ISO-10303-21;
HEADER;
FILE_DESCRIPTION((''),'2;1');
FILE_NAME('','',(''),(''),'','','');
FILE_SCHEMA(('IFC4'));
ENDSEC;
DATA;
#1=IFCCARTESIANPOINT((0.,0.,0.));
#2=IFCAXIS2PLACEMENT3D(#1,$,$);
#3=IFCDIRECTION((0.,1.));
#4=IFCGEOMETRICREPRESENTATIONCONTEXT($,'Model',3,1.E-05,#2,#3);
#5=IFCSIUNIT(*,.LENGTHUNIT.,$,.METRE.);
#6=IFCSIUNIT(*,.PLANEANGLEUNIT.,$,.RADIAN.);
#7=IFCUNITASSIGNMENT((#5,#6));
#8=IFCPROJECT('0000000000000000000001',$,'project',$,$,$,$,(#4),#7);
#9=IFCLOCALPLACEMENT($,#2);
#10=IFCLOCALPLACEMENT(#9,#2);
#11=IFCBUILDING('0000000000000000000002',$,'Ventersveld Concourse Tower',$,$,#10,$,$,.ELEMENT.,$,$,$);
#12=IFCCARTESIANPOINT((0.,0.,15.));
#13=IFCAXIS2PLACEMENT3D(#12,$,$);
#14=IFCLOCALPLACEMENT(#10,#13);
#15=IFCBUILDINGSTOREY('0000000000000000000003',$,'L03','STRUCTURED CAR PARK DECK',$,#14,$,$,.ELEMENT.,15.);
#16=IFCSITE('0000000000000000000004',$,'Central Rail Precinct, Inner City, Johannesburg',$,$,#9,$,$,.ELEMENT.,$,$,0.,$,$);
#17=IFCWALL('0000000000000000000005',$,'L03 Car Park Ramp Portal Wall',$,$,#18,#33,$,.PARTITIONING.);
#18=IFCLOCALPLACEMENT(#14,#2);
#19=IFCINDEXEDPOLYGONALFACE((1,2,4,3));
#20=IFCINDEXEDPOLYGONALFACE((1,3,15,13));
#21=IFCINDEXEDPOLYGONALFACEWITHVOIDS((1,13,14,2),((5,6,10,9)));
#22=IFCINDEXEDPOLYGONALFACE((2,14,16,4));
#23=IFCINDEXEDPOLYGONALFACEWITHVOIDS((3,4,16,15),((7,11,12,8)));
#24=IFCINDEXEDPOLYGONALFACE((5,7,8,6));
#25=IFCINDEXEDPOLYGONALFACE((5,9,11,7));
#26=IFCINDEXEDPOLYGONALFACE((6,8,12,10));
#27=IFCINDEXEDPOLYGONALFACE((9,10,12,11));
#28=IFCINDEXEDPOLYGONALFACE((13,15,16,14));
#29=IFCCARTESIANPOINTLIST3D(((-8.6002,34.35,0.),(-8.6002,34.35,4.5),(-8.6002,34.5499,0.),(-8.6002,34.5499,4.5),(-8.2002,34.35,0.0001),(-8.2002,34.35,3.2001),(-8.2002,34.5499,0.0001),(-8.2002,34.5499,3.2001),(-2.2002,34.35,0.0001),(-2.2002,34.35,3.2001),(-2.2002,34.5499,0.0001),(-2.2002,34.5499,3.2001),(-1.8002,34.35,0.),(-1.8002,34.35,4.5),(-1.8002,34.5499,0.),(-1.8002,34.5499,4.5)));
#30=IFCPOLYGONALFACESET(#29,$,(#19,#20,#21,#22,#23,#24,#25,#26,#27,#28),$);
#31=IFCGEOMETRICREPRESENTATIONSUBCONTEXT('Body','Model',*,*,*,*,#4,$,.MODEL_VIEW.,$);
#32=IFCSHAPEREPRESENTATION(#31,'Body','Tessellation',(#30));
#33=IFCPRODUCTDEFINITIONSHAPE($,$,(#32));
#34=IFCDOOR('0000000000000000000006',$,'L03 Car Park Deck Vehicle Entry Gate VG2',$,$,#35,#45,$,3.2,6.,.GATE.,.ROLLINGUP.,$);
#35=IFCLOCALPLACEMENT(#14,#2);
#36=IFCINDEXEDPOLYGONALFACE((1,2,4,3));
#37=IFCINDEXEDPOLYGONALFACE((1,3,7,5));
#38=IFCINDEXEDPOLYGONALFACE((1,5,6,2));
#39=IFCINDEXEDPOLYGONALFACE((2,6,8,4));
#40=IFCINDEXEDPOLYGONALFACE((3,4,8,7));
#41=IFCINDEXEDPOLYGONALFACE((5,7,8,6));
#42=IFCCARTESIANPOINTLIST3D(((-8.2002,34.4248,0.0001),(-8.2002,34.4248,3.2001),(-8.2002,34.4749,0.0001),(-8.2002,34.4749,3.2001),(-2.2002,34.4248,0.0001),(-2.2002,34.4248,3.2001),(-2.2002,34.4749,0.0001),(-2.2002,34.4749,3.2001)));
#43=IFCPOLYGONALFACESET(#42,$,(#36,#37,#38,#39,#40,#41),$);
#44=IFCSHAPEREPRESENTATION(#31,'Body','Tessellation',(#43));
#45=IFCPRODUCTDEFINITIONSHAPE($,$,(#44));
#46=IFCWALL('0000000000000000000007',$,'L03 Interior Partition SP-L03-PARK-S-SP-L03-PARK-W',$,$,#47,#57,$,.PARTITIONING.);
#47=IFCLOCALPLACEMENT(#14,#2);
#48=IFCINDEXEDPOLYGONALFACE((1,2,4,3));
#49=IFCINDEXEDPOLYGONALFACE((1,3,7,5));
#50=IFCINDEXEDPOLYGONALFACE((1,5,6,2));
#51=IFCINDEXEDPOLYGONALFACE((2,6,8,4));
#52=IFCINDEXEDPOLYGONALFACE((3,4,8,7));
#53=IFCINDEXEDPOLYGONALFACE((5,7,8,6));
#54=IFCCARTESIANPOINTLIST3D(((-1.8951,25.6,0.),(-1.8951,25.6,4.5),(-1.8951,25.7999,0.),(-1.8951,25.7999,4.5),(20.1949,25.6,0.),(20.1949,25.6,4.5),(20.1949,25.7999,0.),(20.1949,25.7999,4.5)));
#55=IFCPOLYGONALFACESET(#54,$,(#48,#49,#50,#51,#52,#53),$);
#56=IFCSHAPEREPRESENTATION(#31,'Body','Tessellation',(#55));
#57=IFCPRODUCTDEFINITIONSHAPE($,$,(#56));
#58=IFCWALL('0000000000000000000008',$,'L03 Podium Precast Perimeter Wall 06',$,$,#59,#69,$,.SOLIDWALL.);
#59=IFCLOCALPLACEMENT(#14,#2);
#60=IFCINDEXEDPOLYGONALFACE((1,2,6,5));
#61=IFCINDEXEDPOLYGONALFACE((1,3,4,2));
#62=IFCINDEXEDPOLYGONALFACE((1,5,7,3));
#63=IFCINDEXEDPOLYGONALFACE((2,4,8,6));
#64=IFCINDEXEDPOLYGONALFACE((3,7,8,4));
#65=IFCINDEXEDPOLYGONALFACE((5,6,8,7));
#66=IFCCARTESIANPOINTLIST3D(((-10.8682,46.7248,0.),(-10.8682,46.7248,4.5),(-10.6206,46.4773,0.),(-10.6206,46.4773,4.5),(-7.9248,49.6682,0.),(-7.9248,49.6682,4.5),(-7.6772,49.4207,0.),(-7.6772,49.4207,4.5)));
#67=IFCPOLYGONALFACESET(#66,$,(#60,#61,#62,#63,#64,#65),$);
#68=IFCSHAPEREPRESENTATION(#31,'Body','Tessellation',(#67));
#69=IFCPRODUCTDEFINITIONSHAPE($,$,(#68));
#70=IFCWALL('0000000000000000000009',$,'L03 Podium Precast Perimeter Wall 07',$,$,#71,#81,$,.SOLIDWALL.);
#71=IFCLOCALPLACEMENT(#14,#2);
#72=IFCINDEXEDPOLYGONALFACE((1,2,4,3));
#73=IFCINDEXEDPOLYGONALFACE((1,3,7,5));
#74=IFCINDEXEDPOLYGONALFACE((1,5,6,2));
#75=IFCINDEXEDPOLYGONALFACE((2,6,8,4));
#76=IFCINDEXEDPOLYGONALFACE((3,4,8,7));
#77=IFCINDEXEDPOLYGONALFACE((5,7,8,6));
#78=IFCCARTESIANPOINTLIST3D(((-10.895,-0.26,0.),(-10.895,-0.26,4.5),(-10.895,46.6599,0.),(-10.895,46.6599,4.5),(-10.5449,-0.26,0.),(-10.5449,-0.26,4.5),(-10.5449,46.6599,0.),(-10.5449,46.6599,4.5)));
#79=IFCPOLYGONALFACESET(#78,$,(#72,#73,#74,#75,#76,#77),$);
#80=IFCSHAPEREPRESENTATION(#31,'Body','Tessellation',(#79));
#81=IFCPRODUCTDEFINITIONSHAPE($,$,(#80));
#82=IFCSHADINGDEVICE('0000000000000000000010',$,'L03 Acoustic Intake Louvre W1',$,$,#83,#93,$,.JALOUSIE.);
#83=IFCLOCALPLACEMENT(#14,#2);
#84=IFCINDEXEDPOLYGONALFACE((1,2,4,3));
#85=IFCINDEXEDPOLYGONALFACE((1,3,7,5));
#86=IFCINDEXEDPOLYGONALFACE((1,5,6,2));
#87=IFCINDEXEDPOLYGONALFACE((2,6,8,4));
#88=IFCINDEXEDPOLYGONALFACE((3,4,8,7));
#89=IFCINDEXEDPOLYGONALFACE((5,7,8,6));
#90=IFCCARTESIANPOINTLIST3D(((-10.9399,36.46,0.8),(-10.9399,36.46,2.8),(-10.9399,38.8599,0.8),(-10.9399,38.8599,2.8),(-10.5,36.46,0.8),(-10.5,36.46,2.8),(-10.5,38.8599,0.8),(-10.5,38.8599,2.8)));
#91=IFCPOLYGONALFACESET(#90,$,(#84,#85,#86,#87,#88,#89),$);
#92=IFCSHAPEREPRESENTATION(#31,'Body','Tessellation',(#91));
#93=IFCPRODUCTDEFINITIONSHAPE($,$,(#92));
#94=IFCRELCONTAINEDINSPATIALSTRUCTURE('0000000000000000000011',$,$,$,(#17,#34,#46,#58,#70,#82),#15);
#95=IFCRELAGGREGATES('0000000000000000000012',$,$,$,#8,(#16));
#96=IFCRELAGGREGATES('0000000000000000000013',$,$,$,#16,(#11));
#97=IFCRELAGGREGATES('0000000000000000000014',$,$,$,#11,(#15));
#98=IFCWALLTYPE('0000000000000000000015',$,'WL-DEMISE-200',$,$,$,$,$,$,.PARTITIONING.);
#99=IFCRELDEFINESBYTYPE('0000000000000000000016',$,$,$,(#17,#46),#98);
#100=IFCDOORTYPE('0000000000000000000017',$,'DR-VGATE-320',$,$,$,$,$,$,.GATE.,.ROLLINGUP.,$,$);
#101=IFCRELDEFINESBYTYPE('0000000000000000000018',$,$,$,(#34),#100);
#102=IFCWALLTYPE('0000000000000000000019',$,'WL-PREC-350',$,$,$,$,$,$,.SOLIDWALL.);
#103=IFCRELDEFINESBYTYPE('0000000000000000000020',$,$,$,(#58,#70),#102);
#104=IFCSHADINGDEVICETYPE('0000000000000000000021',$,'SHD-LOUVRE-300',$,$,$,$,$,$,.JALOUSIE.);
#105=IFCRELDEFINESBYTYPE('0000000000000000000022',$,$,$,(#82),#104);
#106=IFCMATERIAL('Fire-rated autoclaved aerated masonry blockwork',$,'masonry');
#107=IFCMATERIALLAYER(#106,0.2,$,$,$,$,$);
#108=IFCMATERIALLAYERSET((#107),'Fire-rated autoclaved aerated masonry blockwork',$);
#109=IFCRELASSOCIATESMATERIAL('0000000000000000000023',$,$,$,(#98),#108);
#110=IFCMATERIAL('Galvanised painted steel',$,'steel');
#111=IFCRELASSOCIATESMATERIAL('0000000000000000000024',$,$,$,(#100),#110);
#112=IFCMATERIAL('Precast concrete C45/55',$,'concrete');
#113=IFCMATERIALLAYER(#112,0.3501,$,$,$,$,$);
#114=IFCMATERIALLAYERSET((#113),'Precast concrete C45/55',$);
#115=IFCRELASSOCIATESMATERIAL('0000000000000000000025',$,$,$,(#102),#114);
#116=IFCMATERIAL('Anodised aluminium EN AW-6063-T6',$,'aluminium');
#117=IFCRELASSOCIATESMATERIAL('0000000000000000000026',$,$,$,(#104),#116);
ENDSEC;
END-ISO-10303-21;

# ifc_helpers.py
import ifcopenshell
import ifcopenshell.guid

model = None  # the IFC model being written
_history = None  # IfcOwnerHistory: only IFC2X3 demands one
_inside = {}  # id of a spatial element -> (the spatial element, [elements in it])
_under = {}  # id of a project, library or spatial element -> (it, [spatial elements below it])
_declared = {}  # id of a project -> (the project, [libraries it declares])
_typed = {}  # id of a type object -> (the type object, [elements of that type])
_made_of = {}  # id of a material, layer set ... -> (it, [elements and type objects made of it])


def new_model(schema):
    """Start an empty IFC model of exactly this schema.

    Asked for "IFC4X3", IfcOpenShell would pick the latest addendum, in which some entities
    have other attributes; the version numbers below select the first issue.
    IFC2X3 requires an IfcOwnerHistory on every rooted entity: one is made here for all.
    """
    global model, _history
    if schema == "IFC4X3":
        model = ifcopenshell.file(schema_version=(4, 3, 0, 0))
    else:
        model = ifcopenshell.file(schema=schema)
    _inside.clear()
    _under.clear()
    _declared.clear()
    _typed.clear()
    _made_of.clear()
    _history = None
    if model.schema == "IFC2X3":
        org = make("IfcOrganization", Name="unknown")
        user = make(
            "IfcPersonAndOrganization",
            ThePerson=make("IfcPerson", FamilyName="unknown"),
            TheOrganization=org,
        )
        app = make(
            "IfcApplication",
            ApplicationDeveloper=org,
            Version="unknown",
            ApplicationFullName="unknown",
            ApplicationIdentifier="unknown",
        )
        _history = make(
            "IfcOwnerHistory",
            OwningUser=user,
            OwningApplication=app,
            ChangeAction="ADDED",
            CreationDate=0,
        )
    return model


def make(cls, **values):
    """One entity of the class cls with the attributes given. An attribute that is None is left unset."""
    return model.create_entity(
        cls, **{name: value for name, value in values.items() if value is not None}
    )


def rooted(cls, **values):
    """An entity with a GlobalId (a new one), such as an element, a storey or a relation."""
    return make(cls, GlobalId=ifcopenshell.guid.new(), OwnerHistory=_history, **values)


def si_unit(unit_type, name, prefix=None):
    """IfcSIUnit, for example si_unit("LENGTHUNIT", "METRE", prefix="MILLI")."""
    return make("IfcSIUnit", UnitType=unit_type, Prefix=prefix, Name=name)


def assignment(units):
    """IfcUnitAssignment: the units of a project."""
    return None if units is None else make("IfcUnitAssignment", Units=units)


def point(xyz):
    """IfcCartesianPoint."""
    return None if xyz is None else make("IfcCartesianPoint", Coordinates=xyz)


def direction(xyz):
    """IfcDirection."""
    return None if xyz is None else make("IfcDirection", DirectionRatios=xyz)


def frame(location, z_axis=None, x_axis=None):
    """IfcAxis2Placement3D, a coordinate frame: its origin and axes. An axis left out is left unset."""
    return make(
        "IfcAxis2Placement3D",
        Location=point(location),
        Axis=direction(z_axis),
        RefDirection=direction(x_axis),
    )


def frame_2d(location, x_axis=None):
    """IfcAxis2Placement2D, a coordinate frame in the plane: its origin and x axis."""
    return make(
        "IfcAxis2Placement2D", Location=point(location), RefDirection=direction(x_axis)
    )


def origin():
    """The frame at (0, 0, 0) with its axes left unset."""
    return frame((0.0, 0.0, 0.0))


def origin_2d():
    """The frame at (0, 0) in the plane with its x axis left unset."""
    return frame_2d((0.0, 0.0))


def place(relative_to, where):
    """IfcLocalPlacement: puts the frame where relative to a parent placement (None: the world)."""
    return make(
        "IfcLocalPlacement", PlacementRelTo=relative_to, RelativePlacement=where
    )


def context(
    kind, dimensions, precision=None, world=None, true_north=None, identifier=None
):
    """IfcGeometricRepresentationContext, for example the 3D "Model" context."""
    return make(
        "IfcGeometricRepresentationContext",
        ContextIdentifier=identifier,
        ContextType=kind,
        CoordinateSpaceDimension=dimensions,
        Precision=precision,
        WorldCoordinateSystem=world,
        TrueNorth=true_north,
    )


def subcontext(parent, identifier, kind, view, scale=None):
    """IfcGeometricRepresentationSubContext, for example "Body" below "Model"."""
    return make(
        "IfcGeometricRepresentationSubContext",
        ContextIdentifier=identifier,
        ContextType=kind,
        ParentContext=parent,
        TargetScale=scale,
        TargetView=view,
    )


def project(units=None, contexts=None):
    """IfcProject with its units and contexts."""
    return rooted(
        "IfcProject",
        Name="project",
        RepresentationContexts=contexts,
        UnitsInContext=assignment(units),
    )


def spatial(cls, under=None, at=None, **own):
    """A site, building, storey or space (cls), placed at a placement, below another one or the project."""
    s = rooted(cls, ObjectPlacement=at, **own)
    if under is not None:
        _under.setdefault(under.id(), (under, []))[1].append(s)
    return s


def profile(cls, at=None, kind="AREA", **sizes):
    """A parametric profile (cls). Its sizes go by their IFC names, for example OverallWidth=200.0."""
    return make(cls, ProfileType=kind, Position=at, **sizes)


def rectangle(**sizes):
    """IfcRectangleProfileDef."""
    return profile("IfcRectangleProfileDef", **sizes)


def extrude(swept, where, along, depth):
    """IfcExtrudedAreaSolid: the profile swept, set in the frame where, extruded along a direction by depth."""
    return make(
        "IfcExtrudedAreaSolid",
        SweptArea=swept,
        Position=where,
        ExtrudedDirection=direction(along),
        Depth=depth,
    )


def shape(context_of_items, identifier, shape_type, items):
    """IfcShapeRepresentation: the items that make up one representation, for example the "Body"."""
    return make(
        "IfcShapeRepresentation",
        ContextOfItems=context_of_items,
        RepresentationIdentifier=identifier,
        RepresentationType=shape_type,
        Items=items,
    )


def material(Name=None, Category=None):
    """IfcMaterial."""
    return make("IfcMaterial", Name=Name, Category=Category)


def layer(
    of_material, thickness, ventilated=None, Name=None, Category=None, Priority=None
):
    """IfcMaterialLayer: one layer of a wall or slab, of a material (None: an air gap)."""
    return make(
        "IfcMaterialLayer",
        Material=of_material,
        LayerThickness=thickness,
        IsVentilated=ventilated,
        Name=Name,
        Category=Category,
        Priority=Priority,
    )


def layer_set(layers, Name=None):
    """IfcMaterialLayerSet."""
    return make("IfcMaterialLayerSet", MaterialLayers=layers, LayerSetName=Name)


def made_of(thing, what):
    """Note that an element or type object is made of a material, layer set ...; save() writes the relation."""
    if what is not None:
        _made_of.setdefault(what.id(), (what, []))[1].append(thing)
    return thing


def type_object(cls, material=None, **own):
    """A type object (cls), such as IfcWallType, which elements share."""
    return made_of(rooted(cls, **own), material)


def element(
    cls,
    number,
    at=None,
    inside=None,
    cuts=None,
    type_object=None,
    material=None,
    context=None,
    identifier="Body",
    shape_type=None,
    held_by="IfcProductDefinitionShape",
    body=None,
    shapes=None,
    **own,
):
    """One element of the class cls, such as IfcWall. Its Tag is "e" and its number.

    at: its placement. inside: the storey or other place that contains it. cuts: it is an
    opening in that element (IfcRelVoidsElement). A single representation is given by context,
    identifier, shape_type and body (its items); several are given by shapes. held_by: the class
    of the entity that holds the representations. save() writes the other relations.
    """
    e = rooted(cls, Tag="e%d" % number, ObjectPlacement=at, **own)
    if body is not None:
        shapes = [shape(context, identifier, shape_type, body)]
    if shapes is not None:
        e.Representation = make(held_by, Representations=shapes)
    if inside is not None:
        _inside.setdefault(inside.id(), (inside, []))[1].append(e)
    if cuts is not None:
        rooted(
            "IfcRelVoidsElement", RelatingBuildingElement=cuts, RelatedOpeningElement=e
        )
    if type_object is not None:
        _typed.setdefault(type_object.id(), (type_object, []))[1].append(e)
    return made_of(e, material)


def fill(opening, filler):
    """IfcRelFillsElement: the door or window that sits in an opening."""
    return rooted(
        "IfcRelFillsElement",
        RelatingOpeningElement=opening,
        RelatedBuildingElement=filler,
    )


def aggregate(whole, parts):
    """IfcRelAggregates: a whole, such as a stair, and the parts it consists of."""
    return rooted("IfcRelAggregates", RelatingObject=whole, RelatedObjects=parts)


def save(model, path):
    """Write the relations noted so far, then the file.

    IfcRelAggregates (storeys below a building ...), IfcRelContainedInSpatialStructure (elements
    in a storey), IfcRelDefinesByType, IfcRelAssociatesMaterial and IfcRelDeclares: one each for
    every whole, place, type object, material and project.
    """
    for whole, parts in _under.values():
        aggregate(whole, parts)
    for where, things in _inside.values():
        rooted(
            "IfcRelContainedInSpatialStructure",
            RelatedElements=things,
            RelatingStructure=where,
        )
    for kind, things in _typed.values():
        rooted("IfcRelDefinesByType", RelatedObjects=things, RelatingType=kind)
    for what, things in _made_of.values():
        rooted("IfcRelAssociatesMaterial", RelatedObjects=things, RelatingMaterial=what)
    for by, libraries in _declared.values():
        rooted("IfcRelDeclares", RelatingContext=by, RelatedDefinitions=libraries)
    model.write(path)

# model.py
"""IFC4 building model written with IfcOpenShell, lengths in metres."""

from ifc_helpers import new_model, si_unit, direction, frame, frame_2d, origin, origin_2d, place, context, subcontext, project, spatial, rectangle, extrude, material, layer, layer_set, type_object, element, fill, save


model = new_model("IFC4")

# Units and contexts
model_context = context("Model", 3, precision=1e-05, world=origin(), true_north=direction((0.0, 1.0)))
body_context = subcontext(model_context, "Body", "Model", "MODEL_VIEW")
ifc_project = project(units=[si_unit("LENGTHUNIT", "METRE"), si_unit("PLANEANGLEUNIT", "RADIAN")], contexts=[model_context])

# Site, building, storey
site_placement = place(None, origin())
site = spatial("IfcSite", under=ifc_project, at=site_placement, Name="Central Rail Precinct, Inner City, Johannesburg", CompositionType="ELEMENT", RefElevation=0.0)
building_placement = place(site_placement, origin())
building = spatial("IfcBuilding", under=site, at=building_placement, Name="Ventersveld Concourse Tower", CompositionType="ELEMENT")
storey_placement = place(building_placement, frame((0.0, 0.0, 15.0)))
storey = spatial("IfcBuildingStorey", under=building, at=storey_placement, Name="L03", Description="STRUCTURED CAR PARK DECK", CompositionType="ELEMENT", Elevation=15.0)

# Wall, opening, door
ifc_material_1 = material(Name="Fire-rated autoclaved aerated masonry blockwork", Category="masonry")
ifc_layer_1 = layer(ifc_material_1, 0.2)
ifc_layer_set_1 = layer_set([ifc_layer_1], Name="Fire-rated autoclaved aerated masonry blockwork")
wall_type_1 = type_object("IfcWallType", Name="WL-DEMISE-200", PredefinedType="PARTITIONING", material=ifc_layer_set_1)
wall_1_placement = place(storey_placement, frame((-8.6001, 34.45, 0.0), z_axis=(0.0, 0.0, 1.0), x_axis=(1.0, 0.0, 0.0)))
wall_1 = element("IfcWall", 1, at=wall_1_placement, inside=storey, type_object=wall_type_1, Name="L03 Car Park Ramp Portal Wall", PredefinedType="PARTITIONING", context=body_context, shape_type="SweptSolid", body=[
    extrude(rectangle(XDim=6.8, YDim=0.2, at=frame_2d((3.3999, 0.0))), origin(), (0.0, 0.0, 1.0), 4.5),
])
opening_placement = place(wall_1_placement, frame((0.3999, 0.0, 0.0)))
opening = element("IfcOpeningElement", 2, at=opening_placement, cuts=wall_1, PredefinedType="OPENING", context=body_context, shape_type="SweptSolid", body=[
    extrude(rectangle(XDim=6.0, YDim=3.2, at=frame_2d((3.0, 1.6001))), frame((0.0, 0.1099, 0.0), z_axis=(0.0, -1.0, 0.0), x_axis=(1.0, 0.0, 0.0)), (0.0, 0.0, 1.0), 0.22),
])
ifc_material_2 = material(Name="Galvanised painted steel", Category="steel")
door_type = type_object("IfcDoorType", Name="DR-VGATE-320", OperationType="ROLLINGUP", PredefinedType="GATE", material=ifc_material_2)
door_placement = place(opening_placement, origin())
door = element("IfcDoor", 3, at=door_placement, inside=storey, type_object=door_type, Name="L03 Car Park Deck Vehicle Entry Gate VG2", OperationType="ROLLINGUP", OverallHeight=3.2, OverallWidth=6.0, PredefinedType="GATE", context=body_context, shape_type="SweptSolid", body=[
    extrude(rectangle(XDim=6.0, YDim=3.2, at=frame_2d((3.0, 1.6001))), frame((0.0, 0.0249, 0.0), z_axis=(0.0, -1.0, 0.0), x_axis=(1.0, 0.0, 0.0)), (0.0, 0.0, 1.0), 0.05),
])
fill(opening, door)

# Walls
wall_2_placement = place(storey_placement, frame((-1.895, 25.7, 0.0), z_axis=(0.0, 0.0, 1.0), x_axis=(1.0, 0.0, 0.0)))
element("IfcWall", 4, at=wall_2_placement, inside=storey, type_object=wall_type_1, Name="L03 Interior Partition SP-L03-PARK-S-SP-L03-PARK-W", PredefinedType="PARTITIONING", context=body_context, shape_type="SweptSolid", body=[
    extrude(rectangle(XDim=22.0901, YDim=0.2, at=frame_2d((11.0449, 0.0))), origin(), (0.0, 0.0, 1.0), 4.5),
])
ifc_material_3 = material(Name="Precast concrete C45/55", Category="concrete")
ifc_layer_2 = layer(ifc_material_3, 0.3501)
ifc_layer_set_2 = layer_set([ifc_layer_2], Name="Precast concrete C45/55")
wall_type_2 = type_object("IfcWallType", Name="WL-PREC-350", PredefinedType="SOLIDWALL", material=ifc_layer_set_2)
wall_3_placement = place(storey_placement, frame((-7.801, 49.5444, 0.0), z_axis=(0.0, 0.0, 1.0), x_axis=(-0.707107, -0.707107, 0.0)))
element("IfcWall", 5, at=wall_3_placement, inside=storey, type_object=wall_type_2, Name="L03 Podium Precast Perimeter Wall 06", PredefinedType="SOLIDWALL", context=body_context, shape_type="SweptSolid", body=[
    extrude(rectangle(XDim=4.1626, YDim=0.3501, at=frame_2d((2.0813, 0.0))), origin(), (0.0, 0.0, 1.0), 4.5),
])
wall_4_placement = place(storey_placement, frame((-10.72, 46.6599, 0.0), z_axis=(0.0, 0.0, 1.0), x_axis=(0.0, -1.0, 0.0)))
element("IfcWall", 6, at=wall_4_placement, inside=storey, type_object=wall_type_2, Name="L03 Podium Precast Perimeter Wall 07", PredefinedType="SOLIDWALL", context=body_context, shape_type="SweptSolid", body=[
    extrude(rectangle(XDim=46.9199, YDim=0.3501, at=frame_2d((23.46, 0.0))), origin(), (0.0, 0.0, 1.0), 4.5),
])

# Shading device
ifc_material_4 = material(Name="Anodised aluminium EN AW-6063-T6", Category="aluminium")
shading_device_type = type_object("IfcShadingDeviceType", Name="SHD-LOUVRE-300", PredefinedType="JALOUSIE", material=ifc_material_4)
shading_device_placement = place(storey_placement, frame((-10.72, 37.6599, 0.8), z_axis=(0.0, 0.0, 1.0), x_axis=(0.0, 1.0, 0.0)))
element("IfcShadingDevice", 7, at=shading_device_placement, inside=storey, type_object=shading_device_type, Name="L03 Acoustic Intake Louvre W1", PredefinedType="JALOUSIE", context=body_context, shape_type="SweptSolid", body=[
    extrude(rectangle(XDim=2.3999, YDim=0.4399, at=origin_2d()), origin(), (0.0, 0.0, 1.0), 2.0),
])

save(model, "model.ifc")
